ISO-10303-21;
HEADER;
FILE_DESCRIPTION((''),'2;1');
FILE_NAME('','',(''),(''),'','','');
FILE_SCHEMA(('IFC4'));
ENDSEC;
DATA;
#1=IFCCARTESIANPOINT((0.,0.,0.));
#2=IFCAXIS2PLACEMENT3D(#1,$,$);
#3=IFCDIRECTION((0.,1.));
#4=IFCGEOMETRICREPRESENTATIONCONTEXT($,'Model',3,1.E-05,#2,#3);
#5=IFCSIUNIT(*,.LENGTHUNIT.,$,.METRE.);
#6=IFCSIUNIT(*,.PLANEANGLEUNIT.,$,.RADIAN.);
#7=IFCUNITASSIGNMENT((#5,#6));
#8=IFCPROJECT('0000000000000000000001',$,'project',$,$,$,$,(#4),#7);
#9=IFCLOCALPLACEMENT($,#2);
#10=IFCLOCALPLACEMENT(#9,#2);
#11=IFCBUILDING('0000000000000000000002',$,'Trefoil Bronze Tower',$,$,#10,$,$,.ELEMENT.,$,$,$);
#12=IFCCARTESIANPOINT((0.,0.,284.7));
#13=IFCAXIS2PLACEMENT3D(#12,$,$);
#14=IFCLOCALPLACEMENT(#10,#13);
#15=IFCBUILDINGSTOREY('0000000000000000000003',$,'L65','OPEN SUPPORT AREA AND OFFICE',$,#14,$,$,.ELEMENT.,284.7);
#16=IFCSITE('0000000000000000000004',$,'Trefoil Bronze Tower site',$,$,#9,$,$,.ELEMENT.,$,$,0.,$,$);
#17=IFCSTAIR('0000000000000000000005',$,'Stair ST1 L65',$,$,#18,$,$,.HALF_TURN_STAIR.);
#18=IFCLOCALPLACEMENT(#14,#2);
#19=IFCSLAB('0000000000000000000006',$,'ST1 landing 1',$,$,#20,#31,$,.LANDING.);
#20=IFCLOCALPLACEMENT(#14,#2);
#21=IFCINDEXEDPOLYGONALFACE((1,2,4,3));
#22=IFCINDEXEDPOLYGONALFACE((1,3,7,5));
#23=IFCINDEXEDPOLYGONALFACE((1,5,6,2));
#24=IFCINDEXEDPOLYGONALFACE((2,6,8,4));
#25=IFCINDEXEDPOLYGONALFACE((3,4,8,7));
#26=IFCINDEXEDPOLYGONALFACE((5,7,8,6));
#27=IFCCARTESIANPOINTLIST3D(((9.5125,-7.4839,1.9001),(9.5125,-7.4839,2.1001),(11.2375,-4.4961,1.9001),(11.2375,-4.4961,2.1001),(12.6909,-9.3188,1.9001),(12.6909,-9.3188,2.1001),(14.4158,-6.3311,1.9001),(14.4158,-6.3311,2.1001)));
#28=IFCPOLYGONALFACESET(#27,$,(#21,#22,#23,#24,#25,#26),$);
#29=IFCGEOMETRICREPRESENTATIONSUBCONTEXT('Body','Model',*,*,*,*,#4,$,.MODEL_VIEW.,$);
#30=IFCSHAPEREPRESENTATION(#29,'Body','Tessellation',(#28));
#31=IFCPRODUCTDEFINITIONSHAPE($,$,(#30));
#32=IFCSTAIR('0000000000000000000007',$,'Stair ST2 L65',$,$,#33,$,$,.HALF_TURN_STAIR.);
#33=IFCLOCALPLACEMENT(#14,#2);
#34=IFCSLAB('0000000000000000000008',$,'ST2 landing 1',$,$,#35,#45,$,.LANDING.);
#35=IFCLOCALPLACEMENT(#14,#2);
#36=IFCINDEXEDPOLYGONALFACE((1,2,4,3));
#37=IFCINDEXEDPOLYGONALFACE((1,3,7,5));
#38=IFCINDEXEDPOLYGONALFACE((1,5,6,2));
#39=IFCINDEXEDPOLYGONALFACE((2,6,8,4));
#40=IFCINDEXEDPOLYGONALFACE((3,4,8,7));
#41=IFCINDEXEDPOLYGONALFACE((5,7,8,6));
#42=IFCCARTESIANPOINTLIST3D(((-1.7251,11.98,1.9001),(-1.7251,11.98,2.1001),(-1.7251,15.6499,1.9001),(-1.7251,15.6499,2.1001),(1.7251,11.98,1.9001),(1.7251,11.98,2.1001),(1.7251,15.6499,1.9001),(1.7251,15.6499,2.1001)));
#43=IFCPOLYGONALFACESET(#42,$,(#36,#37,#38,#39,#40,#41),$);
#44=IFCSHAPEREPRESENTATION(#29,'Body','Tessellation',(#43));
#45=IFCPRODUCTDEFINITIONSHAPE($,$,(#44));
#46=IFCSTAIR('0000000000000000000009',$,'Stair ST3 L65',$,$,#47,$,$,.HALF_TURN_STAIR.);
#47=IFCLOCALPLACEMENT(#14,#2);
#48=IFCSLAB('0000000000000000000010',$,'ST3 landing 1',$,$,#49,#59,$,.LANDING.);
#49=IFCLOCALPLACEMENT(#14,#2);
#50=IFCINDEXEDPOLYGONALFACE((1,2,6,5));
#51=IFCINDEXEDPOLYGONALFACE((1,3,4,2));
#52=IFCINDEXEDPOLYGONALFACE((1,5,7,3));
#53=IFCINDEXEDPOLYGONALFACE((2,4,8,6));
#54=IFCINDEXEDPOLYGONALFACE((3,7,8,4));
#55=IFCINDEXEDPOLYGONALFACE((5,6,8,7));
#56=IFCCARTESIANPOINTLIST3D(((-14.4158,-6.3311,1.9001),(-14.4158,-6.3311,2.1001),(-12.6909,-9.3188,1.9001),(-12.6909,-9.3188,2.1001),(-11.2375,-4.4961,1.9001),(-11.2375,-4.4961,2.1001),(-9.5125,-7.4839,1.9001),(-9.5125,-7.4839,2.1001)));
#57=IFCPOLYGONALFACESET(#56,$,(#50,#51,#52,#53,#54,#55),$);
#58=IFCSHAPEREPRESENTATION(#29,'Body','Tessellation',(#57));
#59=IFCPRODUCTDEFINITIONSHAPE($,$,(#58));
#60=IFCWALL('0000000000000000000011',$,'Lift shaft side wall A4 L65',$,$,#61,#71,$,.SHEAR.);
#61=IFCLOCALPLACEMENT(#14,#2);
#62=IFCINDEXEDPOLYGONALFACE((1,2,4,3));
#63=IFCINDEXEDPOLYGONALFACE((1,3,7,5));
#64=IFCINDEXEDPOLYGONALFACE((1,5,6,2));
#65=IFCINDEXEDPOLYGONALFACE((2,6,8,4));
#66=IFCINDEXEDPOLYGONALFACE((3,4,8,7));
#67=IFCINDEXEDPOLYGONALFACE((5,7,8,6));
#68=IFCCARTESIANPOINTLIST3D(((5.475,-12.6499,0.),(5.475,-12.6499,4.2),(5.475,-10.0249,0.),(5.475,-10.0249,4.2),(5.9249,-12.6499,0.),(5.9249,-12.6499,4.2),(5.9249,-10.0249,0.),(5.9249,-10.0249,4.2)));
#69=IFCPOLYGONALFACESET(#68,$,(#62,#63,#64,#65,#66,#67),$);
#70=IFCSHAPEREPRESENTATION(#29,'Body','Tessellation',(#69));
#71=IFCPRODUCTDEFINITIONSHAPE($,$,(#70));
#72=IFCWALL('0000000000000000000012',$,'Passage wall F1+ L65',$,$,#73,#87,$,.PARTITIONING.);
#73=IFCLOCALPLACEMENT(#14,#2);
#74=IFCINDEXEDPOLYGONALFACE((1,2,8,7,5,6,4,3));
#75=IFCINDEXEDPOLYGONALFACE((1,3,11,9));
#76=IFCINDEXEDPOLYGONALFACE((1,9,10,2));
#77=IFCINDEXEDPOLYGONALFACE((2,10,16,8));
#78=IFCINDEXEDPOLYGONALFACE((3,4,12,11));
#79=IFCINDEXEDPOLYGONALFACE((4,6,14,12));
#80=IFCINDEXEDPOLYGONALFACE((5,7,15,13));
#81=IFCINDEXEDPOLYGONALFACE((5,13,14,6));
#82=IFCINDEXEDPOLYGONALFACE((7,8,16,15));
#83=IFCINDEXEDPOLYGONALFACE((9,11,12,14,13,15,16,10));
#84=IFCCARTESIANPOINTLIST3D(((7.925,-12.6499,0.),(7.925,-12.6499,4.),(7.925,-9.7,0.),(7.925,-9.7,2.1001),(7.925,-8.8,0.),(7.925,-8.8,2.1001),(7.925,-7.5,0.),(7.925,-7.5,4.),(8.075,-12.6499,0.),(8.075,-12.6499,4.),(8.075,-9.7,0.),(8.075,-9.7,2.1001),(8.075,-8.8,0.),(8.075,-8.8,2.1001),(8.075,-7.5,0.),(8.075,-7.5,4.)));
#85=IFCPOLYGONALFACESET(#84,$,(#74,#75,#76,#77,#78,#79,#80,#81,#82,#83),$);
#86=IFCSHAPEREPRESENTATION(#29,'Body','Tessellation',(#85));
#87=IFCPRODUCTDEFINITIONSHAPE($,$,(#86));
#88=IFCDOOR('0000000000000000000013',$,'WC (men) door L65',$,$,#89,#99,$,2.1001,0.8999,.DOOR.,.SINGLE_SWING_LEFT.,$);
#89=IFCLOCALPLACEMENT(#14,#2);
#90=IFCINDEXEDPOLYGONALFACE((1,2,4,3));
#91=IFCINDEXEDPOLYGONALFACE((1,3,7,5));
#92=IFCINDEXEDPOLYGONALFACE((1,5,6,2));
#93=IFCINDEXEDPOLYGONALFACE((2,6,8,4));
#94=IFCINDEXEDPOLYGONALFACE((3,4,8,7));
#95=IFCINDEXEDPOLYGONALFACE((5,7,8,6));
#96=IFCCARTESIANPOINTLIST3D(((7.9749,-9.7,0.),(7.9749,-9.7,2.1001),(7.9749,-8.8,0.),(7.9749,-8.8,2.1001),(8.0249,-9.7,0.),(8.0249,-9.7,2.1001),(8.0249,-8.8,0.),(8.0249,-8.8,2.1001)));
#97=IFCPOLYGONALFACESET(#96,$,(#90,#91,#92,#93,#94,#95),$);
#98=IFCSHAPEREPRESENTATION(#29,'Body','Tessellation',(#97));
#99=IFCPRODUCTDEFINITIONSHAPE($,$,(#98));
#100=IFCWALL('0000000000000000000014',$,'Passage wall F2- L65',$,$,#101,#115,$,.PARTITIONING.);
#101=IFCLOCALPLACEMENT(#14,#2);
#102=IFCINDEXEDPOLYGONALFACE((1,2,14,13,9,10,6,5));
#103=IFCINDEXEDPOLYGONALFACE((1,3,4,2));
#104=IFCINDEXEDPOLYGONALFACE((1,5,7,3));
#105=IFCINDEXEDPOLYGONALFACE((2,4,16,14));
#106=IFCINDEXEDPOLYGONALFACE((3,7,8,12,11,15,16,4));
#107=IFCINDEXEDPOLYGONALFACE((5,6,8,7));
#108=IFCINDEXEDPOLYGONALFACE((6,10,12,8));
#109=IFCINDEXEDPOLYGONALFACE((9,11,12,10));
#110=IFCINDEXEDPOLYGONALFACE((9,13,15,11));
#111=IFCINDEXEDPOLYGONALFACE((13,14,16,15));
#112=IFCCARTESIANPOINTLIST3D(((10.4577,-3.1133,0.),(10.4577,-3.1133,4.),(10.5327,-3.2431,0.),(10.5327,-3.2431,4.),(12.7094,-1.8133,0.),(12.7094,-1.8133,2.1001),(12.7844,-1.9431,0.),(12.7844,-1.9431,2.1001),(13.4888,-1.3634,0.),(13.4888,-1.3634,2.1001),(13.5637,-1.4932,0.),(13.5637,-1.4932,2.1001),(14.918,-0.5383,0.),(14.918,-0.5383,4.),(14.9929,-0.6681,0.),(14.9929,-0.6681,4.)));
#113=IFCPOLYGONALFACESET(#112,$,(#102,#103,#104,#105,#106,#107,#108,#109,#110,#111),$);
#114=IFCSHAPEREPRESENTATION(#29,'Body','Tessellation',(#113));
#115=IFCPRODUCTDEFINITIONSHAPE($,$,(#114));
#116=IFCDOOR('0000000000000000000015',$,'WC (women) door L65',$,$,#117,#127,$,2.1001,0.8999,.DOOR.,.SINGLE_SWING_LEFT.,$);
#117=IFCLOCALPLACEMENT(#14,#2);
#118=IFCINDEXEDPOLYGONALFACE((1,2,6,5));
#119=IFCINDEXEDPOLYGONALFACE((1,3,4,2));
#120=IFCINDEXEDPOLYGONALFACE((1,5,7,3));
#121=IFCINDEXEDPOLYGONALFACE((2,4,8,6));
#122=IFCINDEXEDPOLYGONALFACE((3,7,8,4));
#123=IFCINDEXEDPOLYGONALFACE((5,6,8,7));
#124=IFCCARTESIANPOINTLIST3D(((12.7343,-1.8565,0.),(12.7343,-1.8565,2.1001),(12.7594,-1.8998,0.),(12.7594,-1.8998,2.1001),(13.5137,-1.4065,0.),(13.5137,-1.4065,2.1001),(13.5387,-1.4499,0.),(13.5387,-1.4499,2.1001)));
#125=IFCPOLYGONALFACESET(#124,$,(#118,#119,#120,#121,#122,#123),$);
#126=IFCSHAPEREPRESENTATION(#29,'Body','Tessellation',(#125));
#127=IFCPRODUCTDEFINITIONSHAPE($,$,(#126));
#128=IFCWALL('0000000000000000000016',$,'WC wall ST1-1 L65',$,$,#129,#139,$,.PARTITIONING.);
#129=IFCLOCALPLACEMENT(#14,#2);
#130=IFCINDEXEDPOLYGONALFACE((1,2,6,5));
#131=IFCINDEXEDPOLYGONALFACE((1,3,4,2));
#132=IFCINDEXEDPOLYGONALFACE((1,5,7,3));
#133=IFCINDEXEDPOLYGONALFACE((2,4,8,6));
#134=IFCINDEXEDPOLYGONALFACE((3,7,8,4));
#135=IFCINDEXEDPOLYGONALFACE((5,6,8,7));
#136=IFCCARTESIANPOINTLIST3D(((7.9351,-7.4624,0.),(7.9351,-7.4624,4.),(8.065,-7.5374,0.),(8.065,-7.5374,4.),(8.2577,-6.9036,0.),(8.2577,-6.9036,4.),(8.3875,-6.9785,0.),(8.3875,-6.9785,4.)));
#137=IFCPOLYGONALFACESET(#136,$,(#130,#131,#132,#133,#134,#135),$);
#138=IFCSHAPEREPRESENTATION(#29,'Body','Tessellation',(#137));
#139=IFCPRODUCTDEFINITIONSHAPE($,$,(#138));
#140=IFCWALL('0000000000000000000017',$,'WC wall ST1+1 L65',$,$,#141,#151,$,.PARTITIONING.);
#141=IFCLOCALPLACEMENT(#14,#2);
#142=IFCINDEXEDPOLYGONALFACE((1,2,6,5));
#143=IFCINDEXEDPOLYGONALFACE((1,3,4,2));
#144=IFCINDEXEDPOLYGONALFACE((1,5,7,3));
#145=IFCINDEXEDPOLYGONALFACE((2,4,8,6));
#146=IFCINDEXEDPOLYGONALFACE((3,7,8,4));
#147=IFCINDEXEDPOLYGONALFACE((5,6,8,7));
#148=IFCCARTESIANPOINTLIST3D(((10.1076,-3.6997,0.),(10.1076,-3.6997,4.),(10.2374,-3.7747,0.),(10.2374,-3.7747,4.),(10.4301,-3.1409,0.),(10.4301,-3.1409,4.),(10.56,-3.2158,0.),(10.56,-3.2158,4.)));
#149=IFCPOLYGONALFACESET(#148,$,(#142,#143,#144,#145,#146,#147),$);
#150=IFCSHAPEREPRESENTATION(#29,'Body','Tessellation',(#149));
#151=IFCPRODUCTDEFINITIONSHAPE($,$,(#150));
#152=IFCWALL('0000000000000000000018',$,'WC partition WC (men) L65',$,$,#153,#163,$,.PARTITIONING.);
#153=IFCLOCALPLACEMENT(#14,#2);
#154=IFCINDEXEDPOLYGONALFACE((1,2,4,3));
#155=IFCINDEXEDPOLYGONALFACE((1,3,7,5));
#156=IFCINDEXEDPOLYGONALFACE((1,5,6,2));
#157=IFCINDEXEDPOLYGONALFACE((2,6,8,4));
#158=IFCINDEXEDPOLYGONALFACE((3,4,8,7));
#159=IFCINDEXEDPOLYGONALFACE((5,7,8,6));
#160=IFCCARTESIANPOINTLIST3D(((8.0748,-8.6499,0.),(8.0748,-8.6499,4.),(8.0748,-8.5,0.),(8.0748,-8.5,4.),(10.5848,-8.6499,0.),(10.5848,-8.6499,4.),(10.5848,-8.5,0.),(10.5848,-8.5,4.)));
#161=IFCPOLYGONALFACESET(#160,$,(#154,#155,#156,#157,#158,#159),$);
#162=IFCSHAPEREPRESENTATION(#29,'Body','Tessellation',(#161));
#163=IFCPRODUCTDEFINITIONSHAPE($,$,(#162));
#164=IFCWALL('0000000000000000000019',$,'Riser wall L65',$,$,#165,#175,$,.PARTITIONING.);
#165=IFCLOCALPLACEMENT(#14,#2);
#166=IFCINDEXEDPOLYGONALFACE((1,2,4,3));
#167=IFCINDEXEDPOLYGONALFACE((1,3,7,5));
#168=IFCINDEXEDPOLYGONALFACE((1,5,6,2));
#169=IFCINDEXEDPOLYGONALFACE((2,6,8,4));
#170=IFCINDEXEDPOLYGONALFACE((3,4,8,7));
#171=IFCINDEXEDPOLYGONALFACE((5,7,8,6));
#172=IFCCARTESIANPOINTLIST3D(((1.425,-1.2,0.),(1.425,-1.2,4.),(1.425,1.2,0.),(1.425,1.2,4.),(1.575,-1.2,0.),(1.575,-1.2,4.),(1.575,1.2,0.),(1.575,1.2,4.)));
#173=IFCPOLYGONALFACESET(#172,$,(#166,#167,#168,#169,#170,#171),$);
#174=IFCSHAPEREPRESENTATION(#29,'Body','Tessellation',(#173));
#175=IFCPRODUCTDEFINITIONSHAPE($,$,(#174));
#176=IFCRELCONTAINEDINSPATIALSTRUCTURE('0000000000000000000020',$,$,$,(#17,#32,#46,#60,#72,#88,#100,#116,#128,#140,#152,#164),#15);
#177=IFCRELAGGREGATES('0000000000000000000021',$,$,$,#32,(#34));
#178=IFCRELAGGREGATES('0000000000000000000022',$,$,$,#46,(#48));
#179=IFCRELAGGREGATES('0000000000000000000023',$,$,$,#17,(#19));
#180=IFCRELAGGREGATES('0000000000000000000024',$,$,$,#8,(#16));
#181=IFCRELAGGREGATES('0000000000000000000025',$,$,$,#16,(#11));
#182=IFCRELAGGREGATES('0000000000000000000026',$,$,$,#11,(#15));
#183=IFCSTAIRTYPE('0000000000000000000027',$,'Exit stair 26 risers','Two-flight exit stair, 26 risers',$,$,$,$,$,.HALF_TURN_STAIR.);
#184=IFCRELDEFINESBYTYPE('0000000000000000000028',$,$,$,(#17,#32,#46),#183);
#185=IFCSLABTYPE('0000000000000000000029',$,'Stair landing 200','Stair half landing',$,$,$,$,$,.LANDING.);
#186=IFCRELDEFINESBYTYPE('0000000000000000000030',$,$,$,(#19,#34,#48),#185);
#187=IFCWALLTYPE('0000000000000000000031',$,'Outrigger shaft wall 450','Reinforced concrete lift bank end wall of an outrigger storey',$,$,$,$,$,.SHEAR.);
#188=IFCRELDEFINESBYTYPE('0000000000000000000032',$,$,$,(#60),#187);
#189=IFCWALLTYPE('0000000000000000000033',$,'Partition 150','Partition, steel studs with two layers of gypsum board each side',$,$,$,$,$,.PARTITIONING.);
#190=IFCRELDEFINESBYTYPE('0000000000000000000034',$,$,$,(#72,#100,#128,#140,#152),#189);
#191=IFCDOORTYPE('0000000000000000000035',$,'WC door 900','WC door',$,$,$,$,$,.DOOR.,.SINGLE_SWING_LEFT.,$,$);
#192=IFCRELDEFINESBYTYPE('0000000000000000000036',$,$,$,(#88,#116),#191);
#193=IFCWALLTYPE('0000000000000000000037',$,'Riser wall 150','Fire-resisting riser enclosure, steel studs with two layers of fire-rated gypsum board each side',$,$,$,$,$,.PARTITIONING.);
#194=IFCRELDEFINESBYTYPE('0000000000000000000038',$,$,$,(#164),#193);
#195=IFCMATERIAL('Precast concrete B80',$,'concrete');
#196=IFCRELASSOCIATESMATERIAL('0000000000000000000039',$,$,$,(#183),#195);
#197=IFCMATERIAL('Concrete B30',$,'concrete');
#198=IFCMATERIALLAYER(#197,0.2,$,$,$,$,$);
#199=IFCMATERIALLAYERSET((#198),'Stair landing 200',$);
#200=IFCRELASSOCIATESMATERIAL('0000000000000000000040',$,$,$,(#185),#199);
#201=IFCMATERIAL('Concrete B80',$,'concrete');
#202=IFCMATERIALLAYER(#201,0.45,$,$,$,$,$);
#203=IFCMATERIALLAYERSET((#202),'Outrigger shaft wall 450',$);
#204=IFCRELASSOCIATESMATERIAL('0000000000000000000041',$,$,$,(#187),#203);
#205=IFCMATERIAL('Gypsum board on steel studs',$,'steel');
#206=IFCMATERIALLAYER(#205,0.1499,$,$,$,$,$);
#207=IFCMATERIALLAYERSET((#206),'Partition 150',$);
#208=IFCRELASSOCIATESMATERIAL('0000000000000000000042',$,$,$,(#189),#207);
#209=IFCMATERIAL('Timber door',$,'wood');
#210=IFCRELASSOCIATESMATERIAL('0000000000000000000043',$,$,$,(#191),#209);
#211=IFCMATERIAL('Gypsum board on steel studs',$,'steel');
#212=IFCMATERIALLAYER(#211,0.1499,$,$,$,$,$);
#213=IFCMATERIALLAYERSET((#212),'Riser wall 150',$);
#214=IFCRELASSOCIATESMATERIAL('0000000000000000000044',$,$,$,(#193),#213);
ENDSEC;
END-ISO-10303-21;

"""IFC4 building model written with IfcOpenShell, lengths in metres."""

from ifc_helpers import new_model, si_unit, direction, frame, frame_2d, origin, place, context, subcontext, project, spatial, polyline, rectangle, outline, extrude, material, layer, layer_set, type_object, element, fill, aggregate, save


model = new_model("IFC4")

# Units and contexts
model_context = context("Model", 3, precision=1e-05, world=origin(), true_north=direction((0.0, 1.0)))
body_context = subcontext(model_context, "Body", "Model", "MODEL_VIEW")
ifc_project = project(units=[si_unit("LENGTHUNIT", "METRE"), si_unit("PLANEANGLEUNIT", "RADIAN")], contexts=[model_context])

# Site, building, storey
site_placement = place(None, origin())
site = spatial("IfcSite", under=ifc_project, at=site_placement, Name="Trefoil Bronze Tower site", CompositionType="ELEMENT", RefElevation=0.0)
building_placement = place(site_placement, origin())
building = spatial("IfcBuilding", under=site, at=building_placement, Name="Trefoil Bronze Tower", CompositionType="ELEMENT")
storey_placement = place(building_placement, frame((0.0, 0.0, 284.7)))
storey = spatial("IfcBuildingStorey", under=building, at=storey_placement, Name="L65", Description="OPEN SUPPORT AREA AND OFFICE", CompositionType="ELEMENT", Elevation=284.7)

# Stairs, slabs
ifc_material_1 = material(Name="Precast concrete B80", Category="concrete")
stair_type = type_object("IfcStairType", Name="Exit stair 26 risers", Description="Two-flight exit stair, 26 risers", PredefinedType="HALF_TURN_STAIR", material=ifc_material_1)
stair_1_placement = place(storey_placement, origin())
stair_1 = element("IfcStair", 1, at=stair_1_placement, inside=storey, type_object=stair_type, Name="Stair ST1 L65", PredefinedType="HALF_TURN_STAIR")
ifc_material_2 = material(Name="Concrete B30", Category="concrete")
ifc_layer_1 = layer(ifc_material_2, 0.2)
ifc_layer_set_1 = layer_set([ifc_layer_1], Name="Stair landing 200")
slab_type = type_object("IfcSlabType", Name="Stair landing 200", Description="Stair half landing", PredefinedType="LANDING", material=ifc_layer_set_1)
slab_1_placement = place(storey_placement, frame((0.0, 0.0, 1.9001)))
slab_1 = element("IfcSlab", 2, at=slab_1_placement, type_object=slab_type, Name="ST1 landing 1", PredefinedType="LANDING", context=body_context, shape_type="SweptSolid", body=[
    extrude(outline(polyline([(9.5125, -7.4839), (12.6909, -9.3188), (14.4158, -6.3311), (11.2375, -4.4961), (9.5125, -7.4839)])), origin(), (0.0, 0.0, 1.0), 0.2),
])
stair_2_placement = place(storey_placement, origin())
stair_2 = element("IfcStair", 3, at=stair_2_placement, inside=storey, type_object=stair_type, Name="Stair ST2 L65", PredefinedType="HALF_TURN_STAIR")
slab_2_placement = place(storey_placement, frame((0.0, 0.0, 1.9001)))
slab_2 = element("IfcSlab", 4, at=slab_2_placement, type_object=slab_type, Name="ST2 landing 1", PredefinedType="LANDING", context=body_context, shape_type="SweptSolid", body=[
    extrude(outline(polyline([(1.7251, 11.98), (1.7251, 15.6499), (-1.7251, 15.6499), (-1.7251, 11.98), (1.7251, 11.98)])), origin(), (0.0, 0.0, 1.0), 0.2),
])
aggregate(stair_2, [slab_2])
stair_3_placement = place(storey_placement, origin())
stair_3 = element("IfcStair", 5, at=stair_3_placement, inside=storey, type_object=stair_type, Name="Stair ST3 L65", PredefinedType="HALF_TURN_STAIR")
slab_3_placement = place(storey_placement, frame((0.0, 0.0, 1.9001)))
slab_3 = element("IfcSlab", 6, at=slab_3_placement, type_object=slab_type, Name="ST3 landing 1", PredefinedType="LANDING", context=body_context, shape_type="SweptSolid", body=[
    extrude(outline(polyline([(-11.2375, -4.4961), (-14.4158, -6.3311), (-12.6909, -9.3188), (-9.5125, -7.4839), (-11.2375, -4.4961)])), origin(), (0.0, 0.0, 1.0), 0.2),
])
aggregate(stair_3, [slab_3])

# Wall
ifc_material_3 = material(Name="Concrete B80", Category="concrete")
ifc_layer_2 = layer(ifc_material_3, 0.45)
ifc_layer_set_2 = layer_set([ifc_layer_2], Name="Outrigger shaft wall 450")
wall_type_1 = type_object("IfcWallType", Name="Outrigger shaft wall 450", Description="Reinforced concrete lift bank end wall of an outrigger storey", PredefinedType="SHEAR", material=ifc_layer_set_2)
wall_1_placement = place(storey_placement, frame((5.7, -10.0249, 0.0), z_axis=(0.0, 0.0, 1.0), x_axis=(0.0, -1.0, 0.0)))
element("IfcWall", 7, at=wall_1_placement, inside=storey, type_object=wall_type_1, Name="Lift shaft side wall A4 L65", PredefinedType="SHEAR", context=body_context, shape_type="SweptSolid", body=[
    extrude(rectangle(XDim=2.625, YDim=0.45, at=frame_2d((1.3125, 0.0))), origin(), (0.0, 0.0, 1.0), 4.2),
])

# Walls, openings, doors
ifc_material_4 = material(Name="Gypsum board on steel studs", Category="steel")
ifc_layer_3 = layer(ifc_material_4, 0.1499)
ifc_layer_set_3 = layer_set([ifc_layer_3], Name="Partition 150")
wall_type_2 = type_object("IfcWallType", Name="Partition 150", Description="Partition, steel studs with two layers of gypsum board each side", PredefinedType="PARTITIONING", material=ifc_layer_set_3)
wall_2_placement = place(storey_placement, frame((8.0, -7.5, 0.0), z_axis=(0.0, 0.0, 1.0), x_axis=(0.0, -1.0, 0.0)))
wall_2 = element("IfcWall", 8, at=wall_2_placement, inside=storey, type_object=wall_type_2, Name="Passage wall F1+ L65", PredefinedType="PARTITIONING", context=body_context, shape_type="SweptSolid", body=[
    extrude(rectangle(XDim=5.1499, YDim=0.1499, at=frame_2d((2.575, 0.0))), origin(), (0.0, 0.0, 1.0), 4.0),
])
opening_1_placement = place(wall_2_placement, frame((1.3, 0.0, 0.0)))
opening_1 = element("IfcOpeningElement", 9, at=opening_1_placement, cuts=wall_2, PredefinedType="OPENING", context=body_context, shape_type="SweptSolid", body=[
    extrude(rectangle(XDim=0.8999, YDim=2.1001, at=frame_2d((0.45, 1.05))), frame((0.0, 0.085, 0.0), z_axis=(0.0, -1.0, 0.0), x_axis=(1.0, 0.0, 0.0)), (0.0, 0.0, 1.0), 0.1699),
])
ifc_material_5 = material(Name="Timber door", Category="wood")
door_type_1 = type_object("IfcDoorType", Name="WC door 900", Description="WC door", OperationType="SINGLE_SWING_LEFT", PredefinedType="DOOR", material=ifc_material_5)
door_1_placement = place(opening_1_placement, origin())
door_1 = element("IfcDoor", 10, at=door_1_placement, inside=storey, type_object=door_type_1, Name="WC (men) door L65", OperationType="SINGLE_SWING_LEFT", OverallHeight=2.1001, OverallWidth=0.8999, PredefinedType="DOOR", context=body_context, shape_type="SweptSolid", body=[
    extrude(rectangle(XDim=0.8999, YDim=2.1001, at=frame_2d((0.45, 1.05))), frame((0.0, 0.0249, 0.0), z_axis=(0.0, -1.0, 0.0), x_axis=(1.0, 0.0, 0.0)), (0.0, 0.0, 1.0), 0.05),
])
fill(opening_1, door_1)
wall_3_placement = place(storey_placement, frame((10.4951, -3.1782, 0.0), z_axis=(0.0, 0.0, 1.0), x_axis=(0.866038, 0.499978, 0.0)))
wall_3 = element("IfcWall", 11, at=wall_3_placement, inside=storey, type_object=wall_type_2, Name="Passage wall F2- L65", PredefinedType="PARTITIONING", context=body_context, shape_type="SweptSolid", body=[
    extrude(rectangle(XDim=5.1501, YDim=0.1499, at=frame_2d((2.5752, 0.0))), origin(), (0.0, 0.0, 1.0), 4.0),
])
opening_2_placement = place(wall_3_placement, frame((2.6001, 0.0, 0.0)))
opening_2 = element("IfcOpeningElement", 12, at=opening_2_placement, cuts=wall_3, PredefinedType="OPENING", context=body_context, shape_type="SweptSolid", body=[
    extrude(rectangle(XDim=0.8999, YDim=2.1001, at=frame_2d((0.45, 1.05))), frame((0.0, 0.085, 0.0), z_axis=(0.0, -1.0, 0.0), x_axis=(1.0, 0.0, 0.0)), (0.0, 0.0, 1.0), 0.1699),
])
door_2_placement = place(opening_2_placement, frame((0.8999, 0.0, 0.0), z_axis=(0.0, 0.0, 1.0), x_axis=(-1.0, 0.0, 0.0)))
door_2 = element("IfcDoor", 13, at=door_2_placement, inside=storey, type_object=door_type_1, Name="WC (women) door L65", OperationType="SINGLE_SWING_LEFT", OverallHeight=2.1001, OverallWidth=0.8999, PredefinedType="DOOR", context=body_context, shape_type="SweptSolid", body=[
    extrude(rectangle(XDim=0.8999, YDim=2.1001, at=frame_2d((0.45, 1.05))), frame((0.0, 0.0249, 0.0), z_axis=(0.0, -1.0, 0.0), x_axis=(1.0, 0.0, 0.0)), (0.0, 0.0, 1.0), 0.05),
])
fill(opening_2, door_2)

# Walls
for number, where, z_axis, x_axis, name in (
    (14, (8.0, -7.5, 0.0), (0.0, 0.0, 1.0), (0.499843, 0.866116, 0.0), "WC wall ST1-1 L65"),
    (15, (10.4951, -3.1782, 0.0), (0.0, 0.0, 1.0), (-0.499843, -0.866116, 0.0), "WC wall ST1+1 L65"),
):
    element("IfcWall", number, at=place(storey_placement, frame(where, z_axis=z_axis, x_axis=x_axis)), inside=storey, type_object=wall_type_2, Name=name, PredefinedType="PARTITIONING", context=body_context, shape_type="SweptSolid", body=[
        extrude(rectangle(XDim=0.6453, YDim=0.1499, at=frame_2d((0.3228, 0.0))), origin(), (0.0, 0.0, 1.0), 4.0),
    ])
wall_4_placement = place(storey_placement, frame((8.075, -8.575, 0.0), z_axis=(0.0, 0.0, 1.0), x_axis=(1.0, 0.0, 0.0)))
element("IfcWall", 16, at=wall_4_placement, inside=storey, type_object=wall_type_2, Name="WC partition WC (men) L65", PredefinedType="PARTITIONING", context=body_context, shape_type="SweptSolid", body=[
    extrude(rectangle(XDim=2.51, YDim=0.1499, at=frame_2d((1.2549, 0.0))), origin(), (0.0, 0.0, 1.0), 4.0),
])
ifc_material_6 = material(Name="Gypsum board on steel studs", Category="steel")
ifc_layer_4 = layer(ifc_material_6, 0.1499)
ifc_layer_set_4 = layer_set([ifc_layer_4], Name="Riser wall 150")
wall_type_3 = type_object("IfcWallType", Name="Riser wall 150", Description="Fire-resisting riser enclosure, steel studs with two layers of fire-rated gypsum board each side", PredefinedType="PARTITIONING", material=ifc_layer_set_4)
wall_5_placement = place(storey_placement, frame((1.5, -1.2, 0.0), z_axis=(0.0, 0.0, 1.0), x_axis=(0.0, 1.0, 0.0)))
element("IfcWall", 17, at=wall_5_placement, inside=storey, type_object=wall_type_3, Name="Riser wall L65", PredefinedType="PARTITIONING", context=body_context, shape_type="SweptSolid", body=[
    extrude(rectangle(XDim=2.3999, YDim=0.1499, at=frame_2d((1.2, 0.0))), origin(), (0.0, 0.0, 1.0), 4.0),
])

aggregate(stair_1, [slab_1])

save(model, "model.ifc")
